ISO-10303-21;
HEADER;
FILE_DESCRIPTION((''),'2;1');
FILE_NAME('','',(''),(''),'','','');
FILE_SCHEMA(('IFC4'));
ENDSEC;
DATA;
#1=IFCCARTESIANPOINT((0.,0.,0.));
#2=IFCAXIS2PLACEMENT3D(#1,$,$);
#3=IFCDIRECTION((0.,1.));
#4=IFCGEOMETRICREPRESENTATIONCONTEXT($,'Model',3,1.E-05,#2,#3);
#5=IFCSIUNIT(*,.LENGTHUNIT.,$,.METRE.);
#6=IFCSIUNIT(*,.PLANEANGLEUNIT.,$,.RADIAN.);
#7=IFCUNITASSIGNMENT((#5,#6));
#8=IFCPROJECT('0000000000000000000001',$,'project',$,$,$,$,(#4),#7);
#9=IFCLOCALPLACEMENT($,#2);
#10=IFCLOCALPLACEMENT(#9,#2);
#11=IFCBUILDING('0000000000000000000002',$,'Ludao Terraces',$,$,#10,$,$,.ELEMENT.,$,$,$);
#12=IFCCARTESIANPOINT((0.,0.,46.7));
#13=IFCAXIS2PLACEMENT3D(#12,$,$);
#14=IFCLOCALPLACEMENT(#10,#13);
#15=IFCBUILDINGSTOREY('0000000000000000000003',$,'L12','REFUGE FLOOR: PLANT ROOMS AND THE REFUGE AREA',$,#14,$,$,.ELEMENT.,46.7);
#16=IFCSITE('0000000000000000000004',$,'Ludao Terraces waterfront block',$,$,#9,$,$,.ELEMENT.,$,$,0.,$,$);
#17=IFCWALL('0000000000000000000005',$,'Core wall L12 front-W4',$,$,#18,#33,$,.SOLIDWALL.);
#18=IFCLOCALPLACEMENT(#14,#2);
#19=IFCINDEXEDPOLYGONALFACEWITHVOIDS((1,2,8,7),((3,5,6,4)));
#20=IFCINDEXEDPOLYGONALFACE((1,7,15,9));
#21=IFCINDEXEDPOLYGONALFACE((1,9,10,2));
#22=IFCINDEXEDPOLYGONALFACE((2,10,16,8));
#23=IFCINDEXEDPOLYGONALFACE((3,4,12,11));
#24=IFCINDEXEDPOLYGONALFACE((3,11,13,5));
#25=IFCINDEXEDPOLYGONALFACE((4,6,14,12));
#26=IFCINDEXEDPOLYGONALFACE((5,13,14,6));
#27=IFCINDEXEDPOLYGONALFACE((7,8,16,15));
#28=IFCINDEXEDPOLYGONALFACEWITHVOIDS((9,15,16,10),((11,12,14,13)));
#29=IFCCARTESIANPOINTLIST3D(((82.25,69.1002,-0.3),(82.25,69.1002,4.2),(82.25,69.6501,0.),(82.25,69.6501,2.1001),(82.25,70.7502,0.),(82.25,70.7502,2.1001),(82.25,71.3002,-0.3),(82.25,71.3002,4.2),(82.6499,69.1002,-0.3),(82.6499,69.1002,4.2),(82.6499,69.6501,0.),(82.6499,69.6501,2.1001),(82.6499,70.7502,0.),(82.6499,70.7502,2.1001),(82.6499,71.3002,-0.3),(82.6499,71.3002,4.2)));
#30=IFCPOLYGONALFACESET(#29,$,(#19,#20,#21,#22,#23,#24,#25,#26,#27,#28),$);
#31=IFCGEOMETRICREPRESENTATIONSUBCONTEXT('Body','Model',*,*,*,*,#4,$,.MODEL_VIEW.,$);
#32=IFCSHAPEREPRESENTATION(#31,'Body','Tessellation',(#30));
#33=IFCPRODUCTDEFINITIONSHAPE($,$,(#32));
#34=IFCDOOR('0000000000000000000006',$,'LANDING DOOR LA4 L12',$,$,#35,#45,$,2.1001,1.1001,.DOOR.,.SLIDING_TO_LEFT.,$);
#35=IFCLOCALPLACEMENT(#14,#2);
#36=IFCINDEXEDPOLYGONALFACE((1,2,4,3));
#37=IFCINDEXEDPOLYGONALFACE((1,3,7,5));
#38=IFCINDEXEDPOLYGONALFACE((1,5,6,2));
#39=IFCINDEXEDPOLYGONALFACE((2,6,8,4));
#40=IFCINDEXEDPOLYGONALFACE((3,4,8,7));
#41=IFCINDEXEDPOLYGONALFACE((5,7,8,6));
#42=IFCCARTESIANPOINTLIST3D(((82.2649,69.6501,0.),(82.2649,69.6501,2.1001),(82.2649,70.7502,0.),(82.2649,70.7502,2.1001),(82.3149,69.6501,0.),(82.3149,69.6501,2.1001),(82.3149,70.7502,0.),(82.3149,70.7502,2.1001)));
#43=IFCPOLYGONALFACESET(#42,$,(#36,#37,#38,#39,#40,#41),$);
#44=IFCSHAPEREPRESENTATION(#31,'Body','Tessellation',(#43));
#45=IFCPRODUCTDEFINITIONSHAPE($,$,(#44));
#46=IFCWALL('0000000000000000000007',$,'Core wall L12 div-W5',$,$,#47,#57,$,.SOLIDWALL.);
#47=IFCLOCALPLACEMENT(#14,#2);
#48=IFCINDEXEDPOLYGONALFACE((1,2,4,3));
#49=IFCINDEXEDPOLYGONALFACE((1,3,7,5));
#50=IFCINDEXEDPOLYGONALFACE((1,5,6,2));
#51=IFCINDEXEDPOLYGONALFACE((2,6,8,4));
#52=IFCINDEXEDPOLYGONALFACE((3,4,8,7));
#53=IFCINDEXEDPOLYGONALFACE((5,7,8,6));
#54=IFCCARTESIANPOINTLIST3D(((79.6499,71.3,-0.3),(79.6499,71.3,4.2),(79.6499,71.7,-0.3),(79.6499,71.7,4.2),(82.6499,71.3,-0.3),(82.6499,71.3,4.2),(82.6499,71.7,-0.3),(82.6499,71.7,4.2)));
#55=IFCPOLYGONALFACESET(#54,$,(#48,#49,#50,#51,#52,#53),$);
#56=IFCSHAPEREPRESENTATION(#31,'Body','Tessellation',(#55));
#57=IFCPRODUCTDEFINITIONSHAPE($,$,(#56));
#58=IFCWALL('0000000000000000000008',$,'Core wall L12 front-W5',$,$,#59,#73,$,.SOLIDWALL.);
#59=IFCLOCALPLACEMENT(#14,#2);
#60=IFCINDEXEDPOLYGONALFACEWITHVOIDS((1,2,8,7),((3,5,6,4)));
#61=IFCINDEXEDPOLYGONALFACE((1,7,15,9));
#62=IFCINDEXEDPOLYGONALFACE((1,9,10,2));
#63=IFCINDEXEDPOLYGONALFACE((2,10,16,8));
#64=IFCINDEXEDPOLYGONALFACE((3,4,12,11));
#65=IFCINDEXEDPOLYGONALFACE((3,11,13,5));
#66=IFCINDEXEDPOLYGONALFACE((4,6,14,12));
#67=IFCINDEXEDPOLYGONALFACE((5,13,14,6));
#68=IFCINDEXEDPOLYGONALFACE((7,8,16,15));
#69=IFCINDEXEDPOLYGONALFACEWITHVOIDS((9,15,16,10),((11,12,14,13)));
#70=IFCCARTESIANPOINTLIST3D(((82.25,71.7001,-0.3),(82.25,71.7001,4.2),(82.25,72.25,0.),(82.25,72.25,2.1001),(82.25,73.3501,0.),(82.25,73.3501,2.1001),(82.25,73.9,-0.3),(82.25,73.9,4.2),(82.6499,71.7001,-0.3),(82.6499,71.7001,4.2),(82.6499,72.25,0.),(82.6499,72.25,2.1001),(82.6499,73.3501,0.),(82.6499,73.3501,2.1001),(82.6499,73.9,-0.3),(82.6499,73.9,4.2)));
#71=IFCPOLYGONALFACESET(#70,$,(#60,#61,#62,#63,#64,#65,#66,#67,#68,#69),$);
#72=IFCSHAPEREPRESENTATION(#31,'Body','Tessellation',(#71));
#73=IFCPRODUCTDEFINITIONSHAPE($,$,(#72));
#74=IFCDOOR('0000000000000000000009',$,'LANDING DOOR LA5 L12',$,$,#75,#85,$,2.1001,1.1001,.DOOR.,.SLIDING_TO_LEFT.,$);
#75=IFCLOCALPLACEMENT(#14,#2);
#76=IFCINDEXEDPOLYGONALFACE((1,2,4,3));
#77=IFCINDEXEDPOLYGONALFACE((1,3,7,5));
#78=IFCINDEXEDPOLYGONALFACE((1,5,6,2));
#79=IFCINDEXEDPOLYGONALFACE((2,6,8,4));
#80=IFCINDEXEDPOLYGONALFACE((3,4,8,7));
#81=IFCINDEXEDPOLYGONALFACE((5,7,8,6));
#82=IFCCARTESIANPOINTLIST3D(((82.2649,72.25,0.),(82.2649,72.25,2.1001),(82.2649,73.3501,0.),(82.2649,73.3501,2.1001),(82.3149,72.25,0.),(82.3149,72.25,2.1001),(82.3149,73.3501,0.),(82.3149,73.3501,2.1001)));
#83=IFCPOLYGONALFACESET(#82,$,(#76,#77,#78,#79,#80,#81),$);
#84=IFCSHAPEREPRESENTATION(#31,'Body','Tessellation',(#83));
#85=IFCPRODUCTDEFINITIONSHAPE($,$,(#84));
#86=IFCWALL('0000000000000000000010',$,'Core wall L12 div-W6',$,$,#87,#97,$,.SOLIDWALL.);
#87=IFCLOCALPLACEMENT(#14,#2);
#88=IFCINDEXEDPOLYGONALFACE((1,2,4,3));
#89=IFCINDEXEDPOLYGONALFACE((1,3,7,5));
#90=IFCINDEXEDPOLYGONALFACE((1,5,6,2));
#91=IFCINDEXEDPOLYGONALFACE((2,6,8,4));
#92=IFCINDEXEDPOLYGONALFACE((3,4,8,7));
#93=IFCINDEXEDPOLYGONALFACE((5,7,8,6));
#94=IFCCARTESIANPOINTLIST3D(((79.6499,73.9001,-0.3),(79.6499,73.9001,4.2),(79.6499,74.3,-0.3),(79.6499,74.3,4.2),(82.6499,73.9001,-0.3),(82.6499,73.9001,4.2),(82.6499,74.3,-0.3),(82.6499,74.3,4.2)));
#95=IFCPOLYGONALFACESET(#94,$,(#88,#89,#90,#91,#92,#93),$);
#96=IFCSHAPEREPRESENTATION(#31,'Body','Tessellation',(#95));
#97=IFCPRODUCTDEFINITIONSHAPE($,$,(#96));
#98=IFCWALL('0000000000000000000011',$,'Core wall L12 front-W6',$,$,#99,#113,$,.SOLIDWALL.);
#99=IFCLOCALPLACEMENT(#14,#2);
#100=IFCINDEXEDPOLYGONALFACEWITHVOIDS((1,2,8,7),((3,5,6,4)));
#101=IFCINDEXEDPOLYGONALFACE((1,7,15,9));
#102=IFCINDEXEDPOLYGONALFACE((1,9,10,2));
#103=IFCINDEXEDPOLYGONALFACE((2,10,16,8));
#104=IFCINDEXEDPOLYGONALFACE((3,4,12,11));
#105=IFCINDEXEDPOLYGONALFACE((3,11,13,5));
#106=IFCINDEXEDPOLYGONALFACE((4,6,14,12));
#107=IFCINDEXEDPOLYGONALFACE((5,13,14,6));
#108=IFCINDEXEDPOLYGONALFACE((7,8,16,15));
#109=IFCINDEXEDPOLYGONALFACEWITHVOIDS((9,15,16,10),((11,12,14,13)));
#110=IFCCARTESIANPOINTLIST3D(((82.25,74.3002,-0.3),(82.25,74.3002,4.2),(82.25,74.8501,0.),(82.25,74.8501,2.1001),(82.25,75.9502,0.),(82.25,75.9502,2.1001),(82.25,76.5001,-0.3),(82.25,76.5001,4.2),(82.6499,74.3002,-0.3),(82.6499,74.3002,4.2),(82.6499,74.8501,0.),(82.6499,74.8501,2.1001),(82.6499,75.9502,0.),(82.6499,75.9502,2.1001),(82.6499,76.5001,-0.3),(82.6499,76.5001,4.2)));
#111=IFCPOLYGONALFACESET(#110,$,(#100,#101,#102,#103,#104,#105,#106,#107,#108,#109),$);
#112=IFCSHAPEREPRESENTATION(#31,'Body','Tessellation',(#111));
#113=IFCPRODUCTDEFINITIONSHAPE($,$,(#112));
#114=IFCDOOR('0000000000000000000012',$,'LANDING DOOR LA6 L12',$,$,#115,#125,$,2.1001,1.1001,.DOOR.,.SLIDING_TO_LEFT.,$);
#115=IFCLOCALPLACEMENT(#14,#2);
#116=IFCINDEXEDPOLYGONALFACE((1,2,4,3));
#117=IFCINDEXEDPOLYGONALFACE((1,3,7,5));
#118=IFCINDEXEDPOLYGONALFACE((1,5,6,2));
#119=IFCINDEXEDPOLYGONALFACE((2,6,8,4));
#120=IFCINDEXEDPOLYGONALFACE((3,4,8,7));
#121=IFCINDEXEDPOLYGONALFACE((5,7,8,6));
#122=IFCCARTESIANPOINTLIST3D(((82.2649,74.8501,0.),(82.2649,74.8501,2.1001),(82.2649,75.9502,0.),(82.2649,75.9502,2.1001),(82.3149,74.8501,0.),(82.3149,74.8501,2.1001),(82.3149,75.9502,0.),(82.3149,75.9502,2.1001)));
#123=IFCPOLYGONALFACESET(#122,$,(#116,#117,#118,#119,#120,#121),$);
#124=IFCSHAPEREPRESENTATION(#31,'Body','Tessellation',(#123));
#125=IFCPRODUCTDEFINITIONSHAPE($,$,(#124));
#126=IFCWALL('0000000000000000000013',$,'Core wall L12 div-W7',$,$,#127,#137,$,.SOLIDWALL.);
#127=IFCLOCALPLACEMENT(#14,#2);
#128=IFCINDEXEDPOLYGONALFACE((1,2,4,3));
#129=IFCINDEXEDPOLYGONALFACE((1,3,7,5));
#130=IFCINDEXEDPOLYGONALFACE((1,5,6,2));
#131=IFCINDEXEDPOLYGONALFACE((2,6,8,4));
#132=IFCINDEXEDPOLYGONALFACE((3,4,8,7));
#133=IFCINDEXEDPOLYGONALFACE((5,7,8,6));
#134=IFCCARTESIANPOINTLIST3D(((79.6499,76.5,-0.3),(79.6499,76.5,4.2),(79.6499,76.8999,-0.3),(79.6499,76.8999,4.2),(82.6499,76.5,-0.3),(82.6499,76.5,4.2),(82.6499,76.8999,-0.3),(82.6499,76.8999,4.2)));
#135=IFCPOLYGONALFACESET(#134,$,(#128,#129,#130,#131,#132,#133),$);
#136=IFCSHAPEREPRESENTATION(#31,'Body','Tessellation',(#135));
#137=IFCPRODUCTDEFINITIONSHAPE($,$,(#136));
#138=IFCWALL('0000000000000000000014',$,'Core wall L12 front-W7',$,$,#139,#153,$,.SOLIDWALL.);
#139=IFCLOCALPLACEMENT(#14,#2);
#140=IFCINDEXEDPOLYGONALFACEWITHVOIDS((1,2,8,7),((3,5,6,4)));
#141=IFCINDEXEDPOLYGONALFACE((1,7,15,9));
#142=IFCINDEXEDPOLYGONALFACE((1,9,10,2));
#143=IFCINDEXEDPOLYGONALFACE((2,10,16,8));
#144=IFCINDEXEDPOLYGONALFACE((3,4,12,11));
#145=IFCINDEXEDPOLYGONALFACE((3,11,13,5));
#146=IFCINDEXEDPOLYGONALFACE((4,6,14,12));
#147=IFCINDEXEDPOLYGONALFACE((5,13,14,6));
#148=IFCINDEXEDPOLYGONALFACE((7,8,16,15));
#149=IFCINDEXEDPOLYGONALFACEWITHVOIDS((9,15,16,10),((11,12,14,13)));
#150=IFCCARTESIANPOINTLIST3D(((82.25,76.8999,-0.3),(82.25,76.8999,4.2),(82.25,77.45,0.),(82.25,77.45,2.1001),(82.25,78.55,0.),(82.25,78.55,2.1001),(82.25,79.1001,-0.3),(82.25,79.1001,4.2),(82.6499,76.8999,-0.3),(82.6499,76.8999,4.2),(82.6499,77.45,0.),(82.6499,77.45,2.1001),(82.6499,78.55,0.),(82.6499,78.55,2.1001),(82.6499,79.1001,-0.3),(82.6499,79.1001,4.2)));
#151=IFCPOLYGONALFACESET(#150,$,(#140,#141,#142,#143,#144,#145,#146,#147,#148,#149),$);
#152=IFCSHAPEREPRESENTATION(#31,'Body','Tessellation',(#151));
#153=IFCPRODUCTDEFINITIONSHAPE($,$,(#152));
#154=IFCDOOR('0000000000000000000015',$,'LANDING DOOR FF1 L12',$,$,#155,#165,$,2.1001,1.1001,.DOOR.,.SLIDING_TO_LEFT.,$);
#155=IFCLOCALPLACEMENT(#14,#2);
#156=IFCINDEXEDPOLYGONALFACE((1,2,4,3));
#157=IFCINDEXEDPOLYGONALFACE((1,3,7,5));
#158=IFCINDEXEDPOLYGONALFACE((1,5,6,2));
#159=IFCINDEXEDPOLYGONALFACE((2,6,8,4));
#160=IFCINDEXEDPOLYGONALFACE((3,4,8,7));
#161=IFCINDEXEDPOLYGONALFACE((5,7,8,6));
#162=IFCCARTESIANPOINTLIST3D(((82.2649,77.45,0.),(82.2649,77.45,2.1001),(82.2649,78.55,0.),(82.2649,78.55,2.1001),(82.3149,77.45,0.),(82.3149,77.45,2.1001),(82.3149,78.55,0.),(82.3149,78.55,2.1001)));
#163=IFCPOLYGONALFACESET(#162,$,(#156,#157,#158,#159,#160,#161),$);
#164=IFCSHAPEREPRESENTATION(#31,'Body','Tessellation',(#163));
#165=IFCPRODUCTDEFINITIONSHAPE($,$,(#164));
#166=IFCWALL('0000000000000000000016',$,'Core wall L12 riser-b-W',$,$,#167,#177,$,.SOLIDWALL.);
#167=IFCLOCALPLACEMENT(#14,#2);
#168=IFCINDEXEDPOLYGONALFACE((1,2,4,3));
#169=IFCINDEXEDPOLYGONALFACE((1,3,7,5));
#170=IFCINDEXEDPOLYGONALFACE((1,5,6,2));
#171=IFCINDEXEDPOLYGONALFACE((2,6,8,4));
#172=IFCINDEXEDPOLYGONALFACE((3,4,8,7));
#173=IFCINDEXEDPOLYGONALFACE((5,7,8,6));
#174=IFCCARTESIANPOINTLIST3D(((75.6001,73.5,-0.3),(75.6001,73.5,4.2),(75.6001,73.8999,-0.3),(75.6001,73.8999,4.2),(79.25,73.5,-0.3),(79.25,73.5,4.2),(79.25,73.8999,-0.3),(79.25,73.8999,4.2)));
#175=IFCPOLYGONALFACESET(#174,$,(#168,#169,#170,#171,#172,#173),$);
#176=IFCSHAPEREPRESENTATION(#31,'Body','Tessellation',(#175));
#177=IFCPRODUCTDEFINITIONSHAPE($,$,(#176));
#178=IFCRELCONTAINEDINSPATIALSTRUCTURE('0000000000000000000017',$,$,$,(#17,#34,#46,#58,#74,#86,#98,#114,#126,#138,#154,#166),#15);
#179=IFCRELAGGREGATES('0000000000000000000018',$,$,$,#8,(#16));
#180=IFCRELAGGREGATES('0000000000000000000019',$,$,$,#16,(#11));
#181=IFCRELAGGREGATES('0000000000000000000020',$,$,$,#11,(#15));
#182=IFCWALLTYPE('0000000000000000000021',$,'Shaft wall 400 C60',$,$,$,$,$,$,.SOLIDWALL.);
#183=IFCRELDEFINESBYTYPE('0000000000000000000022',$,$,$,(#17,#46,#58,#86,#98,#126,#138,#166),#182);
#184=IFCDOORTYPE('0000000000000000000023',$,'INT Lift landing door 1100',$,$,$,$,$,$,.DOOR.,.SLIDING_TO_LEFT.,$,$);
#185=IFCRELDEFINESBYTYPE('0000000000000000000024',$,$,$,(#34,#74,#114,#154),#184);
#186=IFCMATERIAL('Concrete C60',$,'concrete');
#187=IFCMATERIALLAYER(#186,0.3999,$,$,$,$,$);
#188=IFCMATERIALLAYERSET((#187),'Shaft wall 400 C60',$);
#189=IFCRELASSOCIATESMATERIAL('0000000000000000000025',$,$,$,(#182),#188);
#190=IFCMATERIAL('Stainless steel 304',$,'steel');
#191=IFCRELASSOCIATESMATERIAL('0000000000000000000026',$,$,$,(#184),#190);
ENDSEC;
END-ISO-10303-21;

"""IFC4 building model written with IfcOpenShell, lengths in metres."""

from ifc_helpers import new_model, si_unit, direction, frame, frame_2d, origin, place, context, subcontext, project, spatial, rectangle, extrude, material, layer, layer_set, type_object, element, fill, save


model = new_model("IFC4")

# Units and contexts
model_context = context("Model", 3, precision=1e-05, world=origin(), true_north=direction((0.0, 1.0)))
body_context = subcontext(model_context, "Body", "Model", "MODEL_VIEW")
ifc_project = project(units=[si_unit("LENGTHUNIT", "METRE"), si_unit("PLANEANGLEUNIT", "RADIAN")], contexts=[model_context])

# Site, building, storey
site_placement = place(None, origin())
site = spatial("IfcSite", under=ifc_project, at=site_placement, Name="Ludao Terraces waterfront block", CompositionType="ELEMENT", RefElevation=0.0)
building_placement = place(site_placement, origin())
building = spatial("IfcBuilding", under=site, at=building_placement, Name="Ludao Terraces", CompositionType="ELEMENT")
storey_placement = place(building_placement, frame((0.0, 0.0, 46.7)))
storey = spatial("IfcBuildingStorey", under=building, at=storey_placement, Name="L12", Description="REFUGE FLOOR: PLANT ROOMS AND THE REFUGE AREA", CompositionType="ELEMENT", Elevation=46.7)

# Shared definitions
ifc_material_1 = material(Name="Concrete C60", Category="concrete")
ifc_layer_1 = layer(ifc_material_1, 0.3999)
ifc_layer_set_1 = layer_set([ifc_layer_1], Name="Shaft wall 400 C60")
wall_type_1 = type_object("IfcWallType", Name="Shaft wall 400 C60", PredefinedType="SOLIDWALL", material=ifc_layer_set_1)

# Shared definitions
ifc_material_2 = material(Name="Stainless steel 304", Category="steel")
door_type_1 = type_object("IfcDoorType", Name="INT Lift landing door 1100", OperationType="SLIDING_TO_LEFT", PredefinedType="DOOR", material=ifc_material_2)

# Wall, opening, door
wall_1_placement = place(storey_placement, frame((82.45, 69.1001, -0.3), z_axis=(0.0, 0.0, 1.0), x_axis=(0.0, 1.0, 0.0)))
wall_1 = element("IfcWall", 1, at=wall_1_placement, inside=storey, type_object=wall_type_1, Name="Core wall L12 front-W4", PredefinedType="SOLIDWALL", context=body_context, shape_type="SweptSolid", body=[
    extrude(rectangle(XDim=2.2, YDim=0.3999, at=frame_2d((1.1001, 0.0))), origin(), (0.0, 0.0, 1.0), 4.5),
])
opening_1_placement = place(wall_1_placement, frame((0.55, 0.0, 0.3)))
opening_1 = element("IfcOpeningElement", 2, at=opening_1_placement, cuts=wall_1, PredefinedType="OPENING", context=body_context, shape_type="SweptSolid", body=[
    extrude(rectangle(XDim=1.1001, YDim=2.1001, at=frame_2d((0.55, 1.05))), frame((0.0, 0.21, 0.0), z_axis=(0.0, -1.0, 0.0), x_axis=(1.0, 0.0, 0.0)), (0.0, 0.0, 1.0), 0.4199),
])
door_1_placement = place(opening_1_placement, origin())
door_1 = element("IfcDoor", 3, at=door_1_placement, inside=storey, type_object=door_type_1, Name="LANDING DOOR LA4 L12", OperationType="SLIDING_TO_LEFT", OverallHeight=2.1001, OverallWidth=1.1001, PredefinedType="DOOR", context=body_context, shape_type="SweptSolid", body=[
    extrude(rectangle(XDim=1.1001, YDim=2.1001, at=frame_2d((0.55, 1.05))), frame((0.0, 0.1851, 0.0), z_axis=(0.0, -1.0, 0.0), x_axis=(1.0, 0.0, 0.0)), (0.0, 0.0, 1.0), 0.05),
])
fill(opening_1, door_1)

# Wall
wall_2_placement = place(storey_placement, frame((79.6499, 71.5, -0.3), z_axis=(0.0, 0.0, 1.0), x_axis=(1.0, 0.0, 0.0)))
element("IfcWall", 4, at=wall_2_placement, inside=storey, type_object=wall_type_1, Name="Core wall L12 div-W5", PredefinedType="SOLIDWALL", context=body_context, shape_type="SweptSolid", body=[
    extrude(rectangle(XDim=3.0, YDim=0.3999, at=frame_2d((1.5, 0.0))), origin(), (0.0, 0.0, 1.0), 4.5),
])

# Wall, opening, door
wall_3_placement = place(storey_placement, frame((82.45, 71.7, -0.3), z_axis=(0.0, 0.0, 1.0), x_axis=(0.0, 1.0, 0.0)))
wall_3 = element("IfcWall", 5, at=wall_3_placement, inside=storey, type_object=wall_type_1, Name="Core wall L12 front-W5", PredefinedType="SOLIDWALL", context=body_context, shape_type="SweptSolid", body=[
    extrude(rectangle(XDim=2.2, YDim=0.3999, at=frame_2d((1.1001, 0.0))), origin(), (0.0, 0.0, 1.0), 4.5),
])
opening_2_placement = place(wall_3_placement, frame((0.55, 0.0, 0.3)))
opening_2 = element("IfcOpeningElement", 6, at=opening_2_placement, cuts=wall_3, PredefinedType="OPENING", context=body_context, shape_type="SweptSolid", body=[
    extrude(rectangle(XDim=1.1001, YDim=2.1001, at=frame_2d((0.55, 1.05))), frame((0.0, 0.21, 0.0), z_axis=(0.0, -1.0, 0.0), x_axis=(1.0, 0.0, 0.0)), (0.0, 0.0, 1.0), 0.4199),
])
door_2_placement = place(opening_2_placement, origin())
door_2 = element("IfcDoor", 7, at=door_2_placement, inside=storey, type_object=door_type_1, Name="LANDING DOOR LA5 L12", OperationType="SLIDING_TO_LEFT", OverallHeight=2.1001, OverallWidth=1.1001, PredefinedType="DOOR", context=body_context, shape_type="SweptSolid", body=[
    extrude(rectangle(XDim=1.1001, YDim=2.1001, at=frame_2d((0.55, 1.05))), frame((0.0, 0.1851, 0.0), z_axis=(0.0, -1.0, 0.0), x_axis=(1.0, 0.0, 0.0)), (0.0, 0.0, 1.0), 0.05),
])
fill(opening_2, door_2)

# Wall
wall_4_placement = place(storey_placement, frame((79.6499, 74.1001, -0.3), z_axis=(0.0, 0.0, 1.0), x_axis=(1.0, 0.0, 0.0)))
element("IfcWall", 8, at=wall_4_placement, inside=storey, type_object=wall_type_1, Name="Core wall L12 div-W6", PredefinedType="SOLIDWALL", context=body_context, shape_type="SweptSolid", body=[
    extrude(rectangle(XDim=3.0, YDim=0.3999, at=frame_2d((1.5, 0.0))), origin(), (0.0, 0.0, 1.0), 4.5),
])

# Wall, opening, door
wall_5_placement = place(storey_placement, frame((82.45, 74.3, -0.3), z_axis=(0.0, 0.0, 1.0), x_axis=(0.0, 1.0, 0.0)))
wall_5 = element("IfcWall", 9, at=wall_5_placement, inside=storey, type_object=wall_type_1, Name="Core wall L12 front-W6", PredefinedType="SOLIDWALL", context=body_context, shape_type="SweptSolid", body=[
    extrude(rectangle(XDim=2.2, YDim=0.3999, at=frame_2d((1.1001, 0.0))), origin(), (0.0, 0.0, 1.0), 4.5),
])
opening_3_placement = place(wall_5_placement, frame((0.55, 0.0, 0.3)))
opening_3 = element("IfcOpeningElement", 10, at=opening_3_placement, cuts=wall_5, PredefinedType="OPENING", context=body_context, shape_type="SweptSolid", body=[
    extrude(rectangle(XDim=1.1001, YDim=2.1001, at=frame_2d((0.55, 1.05))), frame((0.0, 0.21, 0.0), z_axis=(0.0, -1.0, 0.0), x_axis=(1.0, 0.0, 0.0)), (0.0, 0.0, 1.0), 0.4199),
])
door_3_placement = place(opening_3_placement, origin())
door_3 = element("IfcDoor", 11, at=door_3_placement, inside=storey, type_object=door_type_1, Name="LANDING DOOR LA6 L12", OperationType="SLIDING_TO_LEFT", OverallHeight=2.1001, OverallWidth=1.1001, PredefinedType="DOOR", context=body_context, shape_type="SweptSolid", body=[
    extrude(rectangle(XDim=1.1001, YDim=2.1001, at=frame_2d((0.55, 1.05))), frame((0.0, 0.1851, 0.0), z_axis=(0.0, -1.0, 0.0), x_axis=(1.0, 0.0, 0.0)), (0.0, 0.0, 1.0), 0.05),
])
fill(opening_3, door_3)

# Wall
wall_6_placement = place(storey_placement, frame((79.6499, 76.7, -0.3), z_axis=(0.0, 0.0, 1.0), x_axis=(1.0, 0.0, 0.0)))
element("IfcWall", 12, at=wall_6_placement, inside=storey, type_object=wall_type_1, Name="Core wall L12 div-W7", PredefinedType="SOLIDWALL", context=body_context, shape_type="SweptSolid", body=[
    extrude(rectangle(XDim=3.0, YDim=0.3999, at=frame_2d((1.5, 0.0))), origin(), (0.0, 0.0, 1.0), 4.5),
])

# Wall, opening, door
wall_7_placement = place(storey_placement, frame((82.45, 76.8999, -0.3), z_axis=(0.0, 0.0, 1.0), x_axis=(0.0, 1.0, 0.0)))
wall_7 = element("IfcWall", 13, at=wall_7_placement, inside=storey, type_object=wall_type_1, Name="Core wall L12 front-W7", PredefinedType="SOLIDWALL", context=body_context, shape_type="SweptSolid", body=[
    extrude(rectangle(XDim=2.2002, YDim=0.3999, at=frame_2d((1.1001, 0.0))), origin(), (0.0, 0.0, 1.0), 4.5),
])
opening_4_placement = place(wall_7_placement, frame((0.55, 0.0, 0.3)))
opening_4 = element("IfcOpeningElement", 14, at=opening_4_placement, cuts=wall_7, PredefinedType="OPENING", context=body_context, shape_type="SweptSolid", body=[
    extrude(rectangle(XDim=1.1001, YDim=2.1001, at=frame_2d((0.55, 1.05))), frame((0.0, 0.21, 0.0), z_axis=(0.0, -1.0, 0.0), x_axis=(1.0, 0.0, 0.0)), (0.0, 0.0, 1.0), 0.4199),
])
door_4_placement = place(opening_4_placement, origin())
door_4 = element("IfcDoor", 15, at=door_4_placement, inside=storey, type_object=door_type_1, Name="LANDING DOOR FF1 L12", OperationType="SLIDING_TO_LEFT", OverallHeight=2.1001, OverallWidth=1.1001, PredefinedType="DOOR", context=body_context, shape_type="SweptSolid", body=[
    extrude(rectangle(XDim=1.1001, YDim=2.1001, at=frame_2d((0.55, 1.05))), frame((0.0, 0.1851, 0.0), z_axis=(0.0, -1.0, 0.0), x_axis=(1.0, 0.0, 0.0)), (0.0, 0.0, 1.0), 0.05),
])
fill(opening_4, door_4)

# Wall
for number, where, z_axis, x_axis, name in (
    (16, (75.6001, 73.7, -0.3), (0.0, 0.0, 1.0), (1.0, 0.0, 0.0), "Core wall L12 riser-b-W"),
):
    element("IfcWall", number, at=place(storey_placement, frame(where, z_axis=z_axis, x_axis=x_axis)), inside=storey, type_object=wall_type_1, Name=name, PredefinedType="SOLIDWALL", context=body_context, shape_type="SweptSolid", body=[
        extrude(rectangle(XDim=3.6499, YDim=0.3999, at=frame_2d((1.825, 0.0))), origin(), (0.0, 0.0, 1.0), 4.5),
    ])

save(model, "model.ifc")
